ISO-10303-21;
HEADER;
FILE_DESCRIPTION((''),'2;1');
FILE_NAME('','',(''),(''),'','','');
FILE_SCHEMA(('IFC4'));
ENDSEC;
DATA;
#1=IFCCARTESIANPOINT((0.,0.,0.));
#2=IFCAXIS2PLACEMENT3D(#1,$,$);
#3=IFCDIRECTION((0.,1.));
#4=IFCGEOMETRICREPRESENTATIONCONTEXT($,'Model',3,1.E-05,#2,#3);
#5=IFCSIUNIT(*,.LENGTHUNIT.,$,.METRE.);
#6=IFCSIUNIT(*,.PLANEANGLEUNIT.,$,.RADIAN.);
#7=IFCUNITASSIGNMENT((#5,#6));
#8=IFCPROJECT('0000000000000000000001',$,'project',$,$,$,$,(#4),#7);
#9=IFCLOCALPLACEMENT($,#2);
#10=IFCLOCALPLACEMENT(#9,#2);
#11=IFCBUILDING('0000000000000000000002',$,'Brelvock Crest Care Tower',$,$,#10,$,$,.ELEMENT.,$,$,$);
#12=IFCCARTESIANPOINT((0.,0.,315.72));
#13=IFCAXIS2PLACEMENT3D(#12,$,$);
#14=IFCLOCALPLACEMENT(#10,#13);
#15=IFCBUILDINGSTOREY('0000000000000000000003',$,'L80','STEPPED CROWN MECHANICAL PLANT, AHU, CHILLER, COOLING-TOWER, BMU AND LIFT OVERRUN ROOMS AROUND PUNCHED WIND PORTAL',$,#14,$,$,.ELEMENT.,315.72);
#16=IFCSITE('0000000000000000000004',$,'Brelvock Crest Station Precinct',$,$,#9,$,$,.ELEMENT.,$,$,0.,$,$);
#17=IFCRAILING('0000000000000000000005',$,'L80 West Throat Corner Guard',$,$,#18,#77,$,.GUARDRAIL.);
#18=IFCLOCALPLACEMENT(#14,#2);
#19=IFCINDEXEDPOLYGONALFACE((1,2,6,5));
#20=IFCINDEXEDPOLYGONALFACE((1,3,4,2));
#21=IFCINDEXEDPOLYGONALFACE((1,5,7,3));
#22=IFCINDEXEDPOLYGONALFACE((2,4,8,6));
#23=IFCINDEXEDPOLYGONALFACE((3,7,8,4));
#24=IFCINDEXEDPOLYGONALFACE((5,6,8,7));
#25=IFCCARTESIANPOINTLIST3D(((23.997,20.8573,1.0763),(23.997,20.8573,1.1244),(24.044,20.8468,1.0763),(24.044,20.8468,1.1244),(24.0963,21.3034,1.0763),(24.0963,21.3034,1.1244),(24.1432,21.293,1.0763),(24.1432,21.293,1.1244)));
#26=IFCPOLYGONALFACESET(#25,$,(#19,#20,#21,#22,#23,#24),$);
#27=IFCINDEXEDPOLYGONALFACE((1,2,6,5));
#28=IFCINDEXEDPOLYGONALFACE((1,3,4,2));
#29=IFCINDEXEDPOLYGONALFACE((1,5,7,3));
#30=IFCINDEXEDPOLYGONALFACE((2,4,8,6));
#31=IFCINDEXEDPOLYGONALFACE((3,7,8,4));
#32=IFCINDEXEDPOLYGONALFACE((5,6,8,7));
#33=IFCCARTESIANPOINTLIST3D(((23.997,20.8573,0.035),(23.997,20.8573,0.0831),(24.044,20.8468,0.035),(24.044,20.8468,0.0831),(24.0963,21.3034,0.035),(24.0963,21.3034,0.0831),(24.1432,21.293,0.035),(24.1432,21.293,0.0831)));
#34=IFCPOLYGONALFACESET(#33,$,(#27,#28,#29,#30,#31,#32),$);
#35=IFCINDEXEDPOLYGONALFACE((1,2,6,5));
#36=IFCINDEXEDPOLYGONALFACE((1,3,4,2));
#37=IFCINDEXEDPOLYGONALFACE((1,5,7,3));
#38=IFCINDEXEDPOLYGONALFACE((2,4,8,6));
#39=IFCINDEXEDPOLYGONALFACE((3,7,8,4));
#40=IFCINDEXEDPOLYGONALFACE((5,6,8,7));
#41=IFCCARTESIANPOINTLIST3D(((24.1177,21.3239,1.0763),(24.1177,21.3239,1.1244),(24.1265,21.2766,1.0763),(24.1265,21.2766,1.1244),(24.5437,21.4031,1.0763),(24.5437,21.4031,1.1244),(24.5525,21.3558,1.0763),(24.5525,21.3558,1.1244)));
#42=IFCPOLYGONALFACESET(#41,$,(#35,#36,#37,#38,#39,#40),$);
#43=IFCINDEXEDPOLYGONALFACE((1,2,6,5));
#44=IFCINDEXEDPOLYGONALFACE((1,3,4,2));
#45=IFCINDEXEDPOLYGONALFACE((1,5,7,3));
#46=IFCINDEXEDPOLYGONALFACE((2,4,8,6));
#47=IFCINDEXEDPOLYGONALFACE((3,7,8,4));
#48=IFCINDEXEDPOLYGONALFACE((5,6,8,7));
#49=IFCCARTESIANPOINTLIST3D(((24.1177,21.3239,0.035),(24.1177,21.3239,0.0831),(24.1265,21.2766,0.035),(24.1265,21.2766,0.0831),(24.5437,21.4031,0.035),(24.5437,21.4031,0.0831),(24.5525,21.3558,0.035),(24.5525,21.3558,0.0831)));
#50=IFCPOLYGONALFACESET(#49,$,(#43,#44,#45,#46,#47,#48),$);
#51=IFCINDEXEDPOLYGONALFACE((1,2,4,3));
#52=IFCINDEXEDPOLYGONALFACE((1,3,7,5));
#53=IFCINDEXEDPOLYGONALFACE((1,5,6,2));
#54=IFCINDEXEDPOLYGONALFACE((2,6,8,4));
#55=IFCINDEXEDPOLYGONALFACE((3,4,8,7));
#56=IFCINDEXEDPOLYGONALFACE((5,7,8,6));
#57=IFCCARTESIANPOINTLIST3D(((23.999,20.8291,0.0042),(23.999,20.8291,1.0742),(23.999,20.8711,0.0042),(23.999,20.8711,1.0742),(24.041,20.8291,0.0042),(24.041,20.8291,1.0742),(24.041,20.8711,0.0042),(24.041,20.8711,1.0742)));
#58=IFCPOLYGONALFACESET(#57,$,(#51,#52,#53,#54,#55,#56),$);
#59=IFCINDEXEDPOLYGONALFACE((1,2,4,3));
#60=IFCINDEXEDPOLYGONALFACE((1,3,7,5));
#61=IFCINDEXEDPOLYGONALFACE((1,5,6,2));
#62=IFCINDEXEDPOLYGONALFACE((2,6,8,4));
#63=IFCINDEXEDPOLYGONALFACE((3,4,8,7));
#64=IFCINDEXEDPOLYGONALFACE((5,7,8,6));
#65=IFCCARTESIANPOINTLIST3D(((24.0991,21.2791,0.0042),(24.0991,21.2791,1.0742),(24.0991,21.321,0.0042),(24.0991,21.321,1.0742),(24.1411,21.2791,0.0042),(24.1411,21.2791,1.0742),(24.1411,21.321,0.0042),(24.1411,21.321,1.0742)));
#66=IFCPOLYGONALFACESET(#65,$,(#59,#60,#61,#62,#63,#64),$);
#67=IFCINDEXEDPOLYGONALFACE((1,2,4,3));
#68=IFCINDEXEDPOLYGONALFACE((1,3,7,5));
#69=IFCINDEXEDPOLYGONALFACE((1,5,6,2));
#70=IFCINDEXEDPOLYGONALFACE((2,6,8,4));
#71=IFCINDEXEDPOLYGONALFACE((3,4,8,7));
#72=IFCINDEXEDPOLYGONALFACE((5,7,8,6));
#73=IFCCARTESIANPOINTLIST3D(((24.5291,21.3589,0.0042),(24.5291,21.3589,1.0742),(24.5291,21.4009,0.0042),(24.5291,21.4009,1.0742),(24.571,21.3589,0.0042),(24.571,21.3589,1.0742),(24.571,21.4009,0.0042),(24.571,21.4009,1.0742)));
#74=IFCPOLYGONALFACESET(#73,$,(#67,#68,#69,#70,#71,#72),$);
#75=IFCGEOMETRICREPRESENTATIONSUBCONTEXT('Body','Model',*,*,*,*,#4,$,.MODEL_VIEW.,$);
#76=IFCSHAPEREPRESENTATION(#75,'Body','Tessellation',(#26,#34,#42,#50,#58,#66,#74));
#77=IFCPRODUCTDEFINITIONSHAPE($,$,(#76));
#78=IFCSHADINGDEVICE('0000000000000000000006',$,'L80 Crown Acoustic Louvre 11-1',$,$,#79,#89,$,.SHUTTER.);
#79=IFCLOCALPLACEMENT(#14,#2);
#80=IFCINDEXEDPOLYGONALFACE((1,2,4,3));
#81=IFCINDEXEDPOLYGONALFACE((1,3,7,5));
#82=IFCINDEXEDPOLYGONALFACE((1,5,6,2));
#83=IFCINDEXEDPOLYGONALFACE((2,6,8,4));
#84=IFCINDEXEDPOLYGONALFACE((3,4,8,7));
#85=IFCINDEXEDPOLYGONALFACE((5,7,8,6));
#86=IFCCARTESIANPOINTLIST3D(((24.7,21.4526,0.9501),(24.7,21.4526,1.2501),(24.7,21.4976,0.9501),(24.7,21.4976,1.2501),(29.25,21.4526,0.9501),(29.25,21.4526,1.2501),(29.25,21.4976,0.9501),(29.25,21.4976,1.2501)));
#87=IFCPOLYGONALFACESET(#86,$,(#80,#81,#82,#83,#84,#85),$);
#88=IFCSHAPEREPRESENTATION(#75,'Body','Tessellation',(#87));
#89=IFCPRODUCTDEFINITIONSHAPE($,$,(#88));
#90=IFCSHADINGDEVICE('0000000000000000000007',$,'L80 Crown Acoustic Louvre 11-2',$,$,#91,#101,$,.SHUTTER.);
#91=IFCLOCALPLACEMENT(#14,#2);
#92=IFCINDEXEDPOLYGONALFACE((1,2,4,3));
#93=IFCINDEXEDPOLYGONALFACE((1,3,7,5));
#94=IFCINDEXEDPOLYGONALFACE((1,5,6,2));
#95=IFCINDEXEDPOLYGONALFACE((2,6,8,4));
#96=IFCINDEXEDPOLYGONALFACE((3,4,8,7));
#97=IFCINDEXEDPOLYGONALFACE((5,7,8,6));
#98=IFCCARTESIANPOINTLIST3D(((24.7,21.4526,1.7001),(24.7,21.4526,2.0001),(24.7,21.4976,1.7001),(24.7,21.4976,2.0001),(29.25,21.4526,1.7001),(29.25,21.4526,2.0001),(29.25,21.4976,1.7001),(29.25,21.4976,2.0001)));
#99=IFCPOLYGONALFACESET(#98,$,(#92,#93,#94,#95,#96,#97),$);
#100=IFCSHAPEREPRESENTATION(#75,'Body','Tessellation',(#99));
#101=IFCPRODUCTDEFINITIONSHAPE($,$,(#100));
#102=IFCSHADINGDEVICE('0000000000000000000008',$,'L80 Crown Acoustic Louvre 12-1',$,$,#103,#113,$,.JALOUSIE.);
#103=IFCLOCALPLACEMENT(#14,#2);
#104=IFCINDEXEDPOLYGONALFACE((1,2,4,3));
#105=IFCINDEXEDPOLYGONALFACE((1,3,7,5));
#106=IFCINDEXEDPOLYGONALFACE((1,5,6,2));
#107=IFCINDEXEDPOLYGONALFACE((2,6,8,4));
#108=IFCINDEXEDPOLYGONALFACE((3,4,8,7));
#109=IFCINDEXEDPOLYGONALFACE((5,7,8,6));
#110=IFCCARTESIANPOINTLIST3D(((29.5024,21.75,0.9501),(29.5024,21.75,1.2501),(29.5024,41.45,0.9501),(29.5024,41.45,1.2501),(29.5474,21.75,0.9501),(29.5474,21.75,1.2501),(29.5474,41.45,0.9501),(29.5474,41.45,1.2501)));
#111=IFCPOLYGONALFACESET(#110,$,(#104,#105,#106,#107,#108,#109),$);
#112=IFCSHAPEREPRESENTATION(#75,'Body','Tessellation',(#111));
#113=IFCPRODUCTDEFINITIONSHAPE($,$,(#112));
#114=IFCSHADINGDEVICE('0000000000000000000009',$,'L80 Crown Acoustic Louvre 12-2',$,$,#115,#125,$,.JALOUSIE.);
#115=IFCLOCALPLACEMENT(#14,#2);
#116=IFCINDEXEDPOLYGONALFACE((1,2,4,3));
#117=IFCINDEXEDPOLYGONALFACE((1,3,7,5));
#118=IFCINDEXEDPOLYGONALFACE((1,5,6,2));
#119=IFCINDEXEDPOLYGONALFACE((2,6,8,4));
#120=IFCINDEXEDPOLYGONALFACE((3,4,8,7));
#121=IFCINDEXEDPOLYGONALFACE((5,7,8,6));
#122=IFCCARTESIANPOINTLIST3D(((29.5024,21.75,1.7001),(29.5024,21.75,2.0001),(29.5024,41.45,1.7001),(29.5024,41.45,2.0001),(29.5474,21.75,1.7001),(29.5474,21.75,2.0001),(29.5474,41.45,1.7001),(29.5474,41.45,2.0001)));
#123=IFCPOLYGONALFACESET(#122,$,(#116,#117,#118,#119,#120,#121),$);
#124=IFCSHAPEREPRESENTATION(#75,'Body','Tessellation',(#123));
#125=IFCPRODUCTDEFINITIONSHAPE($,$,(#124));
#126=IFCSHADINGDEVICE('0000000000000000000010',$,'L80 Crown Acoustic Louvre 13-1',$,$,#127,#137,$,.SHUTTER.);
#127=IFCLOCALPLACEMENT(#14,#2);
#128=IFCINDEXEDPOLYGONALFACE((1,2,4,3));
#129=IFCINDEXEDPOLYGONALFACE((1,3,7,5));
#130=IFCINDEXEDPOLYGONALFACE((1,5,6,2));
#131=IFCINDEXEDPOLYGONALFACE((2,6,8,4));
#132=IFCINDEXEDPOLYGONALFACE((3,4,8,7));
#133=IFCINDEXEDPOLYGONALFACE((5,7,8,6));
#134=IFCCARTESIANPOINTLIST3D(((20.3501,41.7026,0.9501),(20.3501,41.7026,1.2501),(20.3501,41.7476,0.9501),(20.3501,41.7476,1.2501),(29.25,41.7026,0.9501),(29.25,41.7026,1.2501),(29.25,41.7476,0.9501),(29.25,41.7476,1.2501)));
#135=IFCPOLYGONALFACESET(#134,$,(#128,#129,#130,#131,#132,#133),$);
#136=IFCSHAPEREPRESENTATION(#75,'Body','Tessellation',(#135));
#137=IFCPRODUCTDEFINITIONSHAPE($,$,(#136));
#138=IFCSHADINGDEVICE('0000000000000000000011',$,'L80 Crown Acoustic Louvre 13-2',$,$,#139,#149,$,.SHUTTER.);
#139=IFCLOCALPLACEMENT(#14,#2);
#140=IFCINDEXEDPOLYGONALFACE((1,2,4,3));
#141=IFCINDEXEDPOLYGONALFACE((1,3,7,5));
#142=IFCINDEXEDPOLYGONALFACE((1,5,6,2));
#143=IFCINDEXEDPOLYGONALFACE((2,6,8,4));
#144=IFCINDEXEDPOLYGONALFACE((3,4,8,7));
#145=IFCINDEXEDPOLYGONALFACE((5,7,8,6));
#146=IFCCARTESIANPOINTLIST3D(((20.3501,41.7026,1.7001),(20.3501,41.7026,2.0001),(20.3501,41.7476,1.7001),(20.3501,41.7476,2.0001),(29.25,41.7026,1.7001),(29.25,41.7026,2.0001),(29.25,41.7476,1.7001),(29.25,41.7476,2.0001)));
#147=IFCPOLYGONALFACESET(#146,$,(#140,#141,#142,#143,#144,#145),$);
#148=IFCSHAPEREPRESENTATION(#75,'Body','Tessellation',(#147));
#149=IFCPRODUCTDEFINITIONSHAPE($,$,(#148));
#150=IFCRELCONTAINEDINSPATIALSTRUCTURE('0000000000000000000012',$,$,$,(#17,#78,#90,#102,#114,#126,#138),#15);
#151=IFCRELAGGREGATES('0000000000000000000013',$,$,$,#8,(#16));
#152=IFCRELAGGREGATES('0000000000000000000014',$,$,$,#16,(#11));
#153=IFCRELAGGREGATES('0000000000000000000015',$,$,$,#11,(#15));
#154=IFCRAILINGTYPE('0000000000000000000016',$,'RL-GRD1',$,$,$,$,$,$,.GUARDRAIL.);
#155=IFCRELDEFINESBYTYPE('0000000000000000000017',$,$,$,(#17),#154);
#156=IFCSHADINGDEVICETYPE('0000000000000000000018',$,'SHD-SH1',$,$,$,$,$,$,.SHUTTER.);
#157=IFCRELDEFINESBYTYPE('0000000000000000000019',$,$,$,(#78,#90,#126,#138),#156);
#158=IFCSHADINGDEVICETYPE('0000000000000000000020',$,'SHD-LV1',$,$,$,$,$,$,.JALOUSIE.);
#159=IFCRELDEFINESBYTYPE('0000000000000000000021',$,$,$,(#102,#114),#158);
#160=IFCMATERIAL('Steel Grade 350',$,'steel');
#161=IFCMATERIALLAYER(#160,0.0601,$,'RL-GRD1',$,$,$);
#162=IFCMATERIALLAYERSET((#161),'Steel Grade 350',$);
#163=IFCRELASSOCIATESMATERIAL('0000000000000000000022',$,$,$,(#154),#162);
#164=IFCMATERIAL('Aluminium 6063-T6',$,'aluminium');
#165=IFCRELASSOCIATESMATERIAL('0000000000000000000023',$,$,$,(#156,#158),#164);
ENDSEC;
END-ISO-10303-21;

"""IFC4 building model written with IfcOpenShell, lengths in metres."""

from ifc_helpers import new_model, si_unit, direction, frame, origin, origin_2d, place, context, subcontext, project, spatial, rectangle, extrude, source, transform, mapped, material, layer, layer_set, material_profile, profile_set, type_object, element, save


model = new_model("IFC4")

# Units and contexts
model_context = context("Model", 3, precision=1e-05, world=origin(), true_north=direction((0.0, 1.0)))
body_context = subcontext(model_context, "Body", "Model", "MODEL_VIEW")
ifc_project = project(units=[si_unit("LENGTHUNIT", "METRE"), si_unit("PLANEANGLEUNIT", "RADIAN")], contexts=[model_context])

# Site, building, storey
site_placement = place(None, origin())
site = spatial("IfcSite", under=ifc_project, at=site_placement, Name="Brelvock Crest Station Precinct", CompositionType="ELEMENT", RefElevation=0.0)
building_placement = place(site_placement, origin())
building = spatial("IfcBuilding", under=site, at=building_placement, Name="Brelvock Crest Care Tower", CompositionType="ELEMENT")
storey_placement = place(building_placement, frame((0.0, 0.0, 315.72)))
storey = spatial("IfcBuildingStorey", under=building, at=storey_placement, Name="L80", Description="STEPPED CROWN MECHANICAL PLANT, AHU, CHILLER, COOLING-TOWER, BMU AND LIFT OVERRUN ROOMS AROUND PUNCHED WIND PORTAL", CompositionType="ELEMENT", Elevation=315.72)

# Shared definitions
ifc_material_1 = material(Name="Steel Grade 350", Category="steel")

# Railing
ifc_layer_1 = layer(ifc_material_1, 0.0601, Name="RL-GRD1")
ifc_layer_set_1 = layer_set([ifc_layer_1], Name="Steel Grade 350")
railing_type = type_object("IfcRailingType", Name="RL-GRD1", PredefinedType="GUARDRAIL", material=ifc_layer_set_1)
railing_placement = place(storey_placement, frame((24.02, 20.8501, 0.0042)))
element("IfcRailing", 1, at=railing_placement, inside=storey, type_object=railing_type, Name="L80 West Throat Corner Guard", PredefinedType="GUARDRAIL", context=body_context, shape_type="SweptSolid", body=[
    extrude(rectangle(XDim=0.0481, YDim=0.0481, at=origin_2d()), frame((0.0005, 0.002, 1.0962), z_axis=(0.217155, 0.976137, 0.0), x_axis=(-0.976137, 0.217155, 0.0)), (0.0, 0.0, 1.0), 0.457),
    extrude(rectangle(XDim=0.0481, YDim=0.0481, at=origin_2d()), frame((0.0005, 0.002, 0.0549), z_axis=(0.217155, 0.976137, 0.0), x_axis=(-0.976137, 0.217155, 0.0)), (0.0, 0.0, 1.0), 0.457),
    extrude(rectangle(XDim=0.0481, YDim=0.0481, at=origin_2d()), frame((0.1021, 0.4502, 1.0962), z_axis=(0.983193, 0.182569, 0.0), x_axis=(-0.182569, 0.983193, 0.0)), (0.0, 0.0, 1.0), 0.4333),
    extrude(rectangle(XDim=0.0481, YDim=0.0481, at=origin_2d()), frame((0.1021, 0.4502, 0.0549), z_axis=(0.983193, 0.182569, 0.0), x_axis=(-0.182569, 0.983193, 0.0)), (0.0, 0.0, 1.0), 0.4333),
    extrude(rectangle(XDim=0.042, YDim=0.042, at=origin_2d()), origin(), (0.0, 0.0, 1.0), 1.0701),
    extrude(rectangle(XDim=0.042, YDim=0.042, at=origin_2d()), frame((0.1001, 0.45, 0.0)), (0.0, 0.0, 1.0), 1.0701),
    extrude(rectangle(XDim=0.042, YDim=0.042, at=origin_2d()), frame((0.53, 0.5298, 0.0)), (0.0, 0.0, 1.0), 1.0701),
])

# Shading devices
ifc_material_2 = material(Name="Aluminium 6063-T6", Category="aluminium")
ifc_material_profile_1 = material_profile(ifc_material_2, rectangle(XDim=0.0449, YDim=0.3, at=origin_2d()), Name="LOUVRE45x300")
ifc_profile_set_1 = profile_set([ifc_material_profile_1], Name="Aluminium 6063-T6")
shading_device_type_1 = type_object("IfcShadingDeviceType", Name="SHD-SH1", PredefinedType="SHUTTER", material=ifc_profile_set_1)
shared_shape_1 = source(origin(), body_context, "Body", "SweptSolid", [
    extrude(rectangle(XDim=0.0449, YDim=0.3, at=origin_2d()), origin(), (0.0, 0.0, 1.0), 4.55),
])
for number, where, z_axis, x_axis, name in (
    (2, (24.7, 21.4751, 1.1001), (1.0, 0.0, 0.0), (0.0, 1.0, 0.0), "L80 Crown Acoustic Louvre 11-1"),
    (3, (24.7, 21.4751, 1.8501), (1.0, 0.0, 0.0), (0.0, 1.0, 0.0), "L80 Crown Acoustic Louvre 11-2"),
):
    element("IfcShadingDevice", number, at=place(storey_placement, frame(where, z_axis=z_axis, x_axis=x_axis)), inside=storey, type_object=shading_device_type_1, Name=name, PredefinedType="SHUTTER", context=body_context, shape_type="MappedRepresentation", body=[
        mapped(shared_shape_1, transform((0.0, 0.0, 0.0), x_axis=(1.0, 0.0, 0.0), y_axis=(0.0, 1.0, 0.0), z_axis=(0.0, 0.0, 1.0), scale=1.0)),
    ])
ifc_material_profile_2 = material_profile(ifc_material_2, rectangle(XDim=0.0449, YDim=0.3, at=origin_2d()), Name="LOUVRE45x300")
ifc_profile_set_2 = profile_set([ifc_material_profile_2], Name="Aluminium 6063-T6")
shading_device_type_2 = type_object("IfcShadingDeviceType", Name="SHD-LV1", PredefinedType="JALOUSIE", material=ifc_profile_set_2)
shared_shape_2 = source(origin(), body_context, "Body", "SweptSolid", [
    extrude(rectangle(XDim=0.0449, YDim=0.3, at=origin_2d()), origin(), (0.0, 0.0, 1.0), 19.7),
])
for number, where, z_axis, x_axis, name in (
    (4, (29.5249, 21.75, 1.1001), (0.0, 1.0, 0.0), (-1.0, 0.0, 0.0), "L80 Crown Acoustic Louvre 12-1"),
    (5, (29.5249, 21.75, 1.8501), (0.0, 1.0, 0.0), (-1.0, 0.0, 0.0), "L80 Crown Acoustic Louvre 12-2"),
):
    element("IfcShadingDevice", number, at=place(storey_placement, frame(where, z_axis=z_axis, x_axis=x_axis)), inside=storey, type_object=shading_device_type_2, Name=name, PredefinedType="JALOUSIE", context=body_context, shape_type="MappedRepresentation", body=[
        mapped(shared_shape_2, transform((0.0, 0.0, 0.0), x_axis=(1.0, 0.0, 0.0), y_axis=(0.0, 1.0, 0.0), z_axis=(0.0, 0.0, 1.0), scale=1.0)),
    ])
shared_shape_3 = source(origin(), body_context, "Body", "SweptSolid", [
    extrude(rectangle(XDim=0.0449, YDim=0.3, at=origin_2d()), origin(), (0.0, 0.0, 1.0), 8.8999),
])
for number, where, z_axis, x_axis, name in (
    (6, (29.25, 41.7251, 1.1001), (-1.0, 0.0, 0.0), (0.0, -1.0, 0.0), "L80 Crown Acoustic Louvre 13-1"),
    (7, (29.25, 41.7251, 1.8501), (-1.0, 0.0, 0.0), (0.0, -1.0, 0.0), "L80 Crown Acoustic Louvre 13-2"),
):
    element("IfcShadingDevice", number, at=place(storey_placement, frame(where, z_axis=z_axis, x_axis=x_axis)), inside=storey, type_object=shading_device_type_1, Name=name, PredefinedType="SHUTTER", context=body_context, shape_type="MappedRepresentation", body=[
        mapped(shared_shape_3, transform((0.0, 0.0, 0.0), x_axis=(1.0, 0.0, 0.0), y_axis=(0.0, 1.0, 0.0), z_axis=(0.0, 0.0, 1.0), scale=1.0)),
    ])

save(model, "model.ifc")
